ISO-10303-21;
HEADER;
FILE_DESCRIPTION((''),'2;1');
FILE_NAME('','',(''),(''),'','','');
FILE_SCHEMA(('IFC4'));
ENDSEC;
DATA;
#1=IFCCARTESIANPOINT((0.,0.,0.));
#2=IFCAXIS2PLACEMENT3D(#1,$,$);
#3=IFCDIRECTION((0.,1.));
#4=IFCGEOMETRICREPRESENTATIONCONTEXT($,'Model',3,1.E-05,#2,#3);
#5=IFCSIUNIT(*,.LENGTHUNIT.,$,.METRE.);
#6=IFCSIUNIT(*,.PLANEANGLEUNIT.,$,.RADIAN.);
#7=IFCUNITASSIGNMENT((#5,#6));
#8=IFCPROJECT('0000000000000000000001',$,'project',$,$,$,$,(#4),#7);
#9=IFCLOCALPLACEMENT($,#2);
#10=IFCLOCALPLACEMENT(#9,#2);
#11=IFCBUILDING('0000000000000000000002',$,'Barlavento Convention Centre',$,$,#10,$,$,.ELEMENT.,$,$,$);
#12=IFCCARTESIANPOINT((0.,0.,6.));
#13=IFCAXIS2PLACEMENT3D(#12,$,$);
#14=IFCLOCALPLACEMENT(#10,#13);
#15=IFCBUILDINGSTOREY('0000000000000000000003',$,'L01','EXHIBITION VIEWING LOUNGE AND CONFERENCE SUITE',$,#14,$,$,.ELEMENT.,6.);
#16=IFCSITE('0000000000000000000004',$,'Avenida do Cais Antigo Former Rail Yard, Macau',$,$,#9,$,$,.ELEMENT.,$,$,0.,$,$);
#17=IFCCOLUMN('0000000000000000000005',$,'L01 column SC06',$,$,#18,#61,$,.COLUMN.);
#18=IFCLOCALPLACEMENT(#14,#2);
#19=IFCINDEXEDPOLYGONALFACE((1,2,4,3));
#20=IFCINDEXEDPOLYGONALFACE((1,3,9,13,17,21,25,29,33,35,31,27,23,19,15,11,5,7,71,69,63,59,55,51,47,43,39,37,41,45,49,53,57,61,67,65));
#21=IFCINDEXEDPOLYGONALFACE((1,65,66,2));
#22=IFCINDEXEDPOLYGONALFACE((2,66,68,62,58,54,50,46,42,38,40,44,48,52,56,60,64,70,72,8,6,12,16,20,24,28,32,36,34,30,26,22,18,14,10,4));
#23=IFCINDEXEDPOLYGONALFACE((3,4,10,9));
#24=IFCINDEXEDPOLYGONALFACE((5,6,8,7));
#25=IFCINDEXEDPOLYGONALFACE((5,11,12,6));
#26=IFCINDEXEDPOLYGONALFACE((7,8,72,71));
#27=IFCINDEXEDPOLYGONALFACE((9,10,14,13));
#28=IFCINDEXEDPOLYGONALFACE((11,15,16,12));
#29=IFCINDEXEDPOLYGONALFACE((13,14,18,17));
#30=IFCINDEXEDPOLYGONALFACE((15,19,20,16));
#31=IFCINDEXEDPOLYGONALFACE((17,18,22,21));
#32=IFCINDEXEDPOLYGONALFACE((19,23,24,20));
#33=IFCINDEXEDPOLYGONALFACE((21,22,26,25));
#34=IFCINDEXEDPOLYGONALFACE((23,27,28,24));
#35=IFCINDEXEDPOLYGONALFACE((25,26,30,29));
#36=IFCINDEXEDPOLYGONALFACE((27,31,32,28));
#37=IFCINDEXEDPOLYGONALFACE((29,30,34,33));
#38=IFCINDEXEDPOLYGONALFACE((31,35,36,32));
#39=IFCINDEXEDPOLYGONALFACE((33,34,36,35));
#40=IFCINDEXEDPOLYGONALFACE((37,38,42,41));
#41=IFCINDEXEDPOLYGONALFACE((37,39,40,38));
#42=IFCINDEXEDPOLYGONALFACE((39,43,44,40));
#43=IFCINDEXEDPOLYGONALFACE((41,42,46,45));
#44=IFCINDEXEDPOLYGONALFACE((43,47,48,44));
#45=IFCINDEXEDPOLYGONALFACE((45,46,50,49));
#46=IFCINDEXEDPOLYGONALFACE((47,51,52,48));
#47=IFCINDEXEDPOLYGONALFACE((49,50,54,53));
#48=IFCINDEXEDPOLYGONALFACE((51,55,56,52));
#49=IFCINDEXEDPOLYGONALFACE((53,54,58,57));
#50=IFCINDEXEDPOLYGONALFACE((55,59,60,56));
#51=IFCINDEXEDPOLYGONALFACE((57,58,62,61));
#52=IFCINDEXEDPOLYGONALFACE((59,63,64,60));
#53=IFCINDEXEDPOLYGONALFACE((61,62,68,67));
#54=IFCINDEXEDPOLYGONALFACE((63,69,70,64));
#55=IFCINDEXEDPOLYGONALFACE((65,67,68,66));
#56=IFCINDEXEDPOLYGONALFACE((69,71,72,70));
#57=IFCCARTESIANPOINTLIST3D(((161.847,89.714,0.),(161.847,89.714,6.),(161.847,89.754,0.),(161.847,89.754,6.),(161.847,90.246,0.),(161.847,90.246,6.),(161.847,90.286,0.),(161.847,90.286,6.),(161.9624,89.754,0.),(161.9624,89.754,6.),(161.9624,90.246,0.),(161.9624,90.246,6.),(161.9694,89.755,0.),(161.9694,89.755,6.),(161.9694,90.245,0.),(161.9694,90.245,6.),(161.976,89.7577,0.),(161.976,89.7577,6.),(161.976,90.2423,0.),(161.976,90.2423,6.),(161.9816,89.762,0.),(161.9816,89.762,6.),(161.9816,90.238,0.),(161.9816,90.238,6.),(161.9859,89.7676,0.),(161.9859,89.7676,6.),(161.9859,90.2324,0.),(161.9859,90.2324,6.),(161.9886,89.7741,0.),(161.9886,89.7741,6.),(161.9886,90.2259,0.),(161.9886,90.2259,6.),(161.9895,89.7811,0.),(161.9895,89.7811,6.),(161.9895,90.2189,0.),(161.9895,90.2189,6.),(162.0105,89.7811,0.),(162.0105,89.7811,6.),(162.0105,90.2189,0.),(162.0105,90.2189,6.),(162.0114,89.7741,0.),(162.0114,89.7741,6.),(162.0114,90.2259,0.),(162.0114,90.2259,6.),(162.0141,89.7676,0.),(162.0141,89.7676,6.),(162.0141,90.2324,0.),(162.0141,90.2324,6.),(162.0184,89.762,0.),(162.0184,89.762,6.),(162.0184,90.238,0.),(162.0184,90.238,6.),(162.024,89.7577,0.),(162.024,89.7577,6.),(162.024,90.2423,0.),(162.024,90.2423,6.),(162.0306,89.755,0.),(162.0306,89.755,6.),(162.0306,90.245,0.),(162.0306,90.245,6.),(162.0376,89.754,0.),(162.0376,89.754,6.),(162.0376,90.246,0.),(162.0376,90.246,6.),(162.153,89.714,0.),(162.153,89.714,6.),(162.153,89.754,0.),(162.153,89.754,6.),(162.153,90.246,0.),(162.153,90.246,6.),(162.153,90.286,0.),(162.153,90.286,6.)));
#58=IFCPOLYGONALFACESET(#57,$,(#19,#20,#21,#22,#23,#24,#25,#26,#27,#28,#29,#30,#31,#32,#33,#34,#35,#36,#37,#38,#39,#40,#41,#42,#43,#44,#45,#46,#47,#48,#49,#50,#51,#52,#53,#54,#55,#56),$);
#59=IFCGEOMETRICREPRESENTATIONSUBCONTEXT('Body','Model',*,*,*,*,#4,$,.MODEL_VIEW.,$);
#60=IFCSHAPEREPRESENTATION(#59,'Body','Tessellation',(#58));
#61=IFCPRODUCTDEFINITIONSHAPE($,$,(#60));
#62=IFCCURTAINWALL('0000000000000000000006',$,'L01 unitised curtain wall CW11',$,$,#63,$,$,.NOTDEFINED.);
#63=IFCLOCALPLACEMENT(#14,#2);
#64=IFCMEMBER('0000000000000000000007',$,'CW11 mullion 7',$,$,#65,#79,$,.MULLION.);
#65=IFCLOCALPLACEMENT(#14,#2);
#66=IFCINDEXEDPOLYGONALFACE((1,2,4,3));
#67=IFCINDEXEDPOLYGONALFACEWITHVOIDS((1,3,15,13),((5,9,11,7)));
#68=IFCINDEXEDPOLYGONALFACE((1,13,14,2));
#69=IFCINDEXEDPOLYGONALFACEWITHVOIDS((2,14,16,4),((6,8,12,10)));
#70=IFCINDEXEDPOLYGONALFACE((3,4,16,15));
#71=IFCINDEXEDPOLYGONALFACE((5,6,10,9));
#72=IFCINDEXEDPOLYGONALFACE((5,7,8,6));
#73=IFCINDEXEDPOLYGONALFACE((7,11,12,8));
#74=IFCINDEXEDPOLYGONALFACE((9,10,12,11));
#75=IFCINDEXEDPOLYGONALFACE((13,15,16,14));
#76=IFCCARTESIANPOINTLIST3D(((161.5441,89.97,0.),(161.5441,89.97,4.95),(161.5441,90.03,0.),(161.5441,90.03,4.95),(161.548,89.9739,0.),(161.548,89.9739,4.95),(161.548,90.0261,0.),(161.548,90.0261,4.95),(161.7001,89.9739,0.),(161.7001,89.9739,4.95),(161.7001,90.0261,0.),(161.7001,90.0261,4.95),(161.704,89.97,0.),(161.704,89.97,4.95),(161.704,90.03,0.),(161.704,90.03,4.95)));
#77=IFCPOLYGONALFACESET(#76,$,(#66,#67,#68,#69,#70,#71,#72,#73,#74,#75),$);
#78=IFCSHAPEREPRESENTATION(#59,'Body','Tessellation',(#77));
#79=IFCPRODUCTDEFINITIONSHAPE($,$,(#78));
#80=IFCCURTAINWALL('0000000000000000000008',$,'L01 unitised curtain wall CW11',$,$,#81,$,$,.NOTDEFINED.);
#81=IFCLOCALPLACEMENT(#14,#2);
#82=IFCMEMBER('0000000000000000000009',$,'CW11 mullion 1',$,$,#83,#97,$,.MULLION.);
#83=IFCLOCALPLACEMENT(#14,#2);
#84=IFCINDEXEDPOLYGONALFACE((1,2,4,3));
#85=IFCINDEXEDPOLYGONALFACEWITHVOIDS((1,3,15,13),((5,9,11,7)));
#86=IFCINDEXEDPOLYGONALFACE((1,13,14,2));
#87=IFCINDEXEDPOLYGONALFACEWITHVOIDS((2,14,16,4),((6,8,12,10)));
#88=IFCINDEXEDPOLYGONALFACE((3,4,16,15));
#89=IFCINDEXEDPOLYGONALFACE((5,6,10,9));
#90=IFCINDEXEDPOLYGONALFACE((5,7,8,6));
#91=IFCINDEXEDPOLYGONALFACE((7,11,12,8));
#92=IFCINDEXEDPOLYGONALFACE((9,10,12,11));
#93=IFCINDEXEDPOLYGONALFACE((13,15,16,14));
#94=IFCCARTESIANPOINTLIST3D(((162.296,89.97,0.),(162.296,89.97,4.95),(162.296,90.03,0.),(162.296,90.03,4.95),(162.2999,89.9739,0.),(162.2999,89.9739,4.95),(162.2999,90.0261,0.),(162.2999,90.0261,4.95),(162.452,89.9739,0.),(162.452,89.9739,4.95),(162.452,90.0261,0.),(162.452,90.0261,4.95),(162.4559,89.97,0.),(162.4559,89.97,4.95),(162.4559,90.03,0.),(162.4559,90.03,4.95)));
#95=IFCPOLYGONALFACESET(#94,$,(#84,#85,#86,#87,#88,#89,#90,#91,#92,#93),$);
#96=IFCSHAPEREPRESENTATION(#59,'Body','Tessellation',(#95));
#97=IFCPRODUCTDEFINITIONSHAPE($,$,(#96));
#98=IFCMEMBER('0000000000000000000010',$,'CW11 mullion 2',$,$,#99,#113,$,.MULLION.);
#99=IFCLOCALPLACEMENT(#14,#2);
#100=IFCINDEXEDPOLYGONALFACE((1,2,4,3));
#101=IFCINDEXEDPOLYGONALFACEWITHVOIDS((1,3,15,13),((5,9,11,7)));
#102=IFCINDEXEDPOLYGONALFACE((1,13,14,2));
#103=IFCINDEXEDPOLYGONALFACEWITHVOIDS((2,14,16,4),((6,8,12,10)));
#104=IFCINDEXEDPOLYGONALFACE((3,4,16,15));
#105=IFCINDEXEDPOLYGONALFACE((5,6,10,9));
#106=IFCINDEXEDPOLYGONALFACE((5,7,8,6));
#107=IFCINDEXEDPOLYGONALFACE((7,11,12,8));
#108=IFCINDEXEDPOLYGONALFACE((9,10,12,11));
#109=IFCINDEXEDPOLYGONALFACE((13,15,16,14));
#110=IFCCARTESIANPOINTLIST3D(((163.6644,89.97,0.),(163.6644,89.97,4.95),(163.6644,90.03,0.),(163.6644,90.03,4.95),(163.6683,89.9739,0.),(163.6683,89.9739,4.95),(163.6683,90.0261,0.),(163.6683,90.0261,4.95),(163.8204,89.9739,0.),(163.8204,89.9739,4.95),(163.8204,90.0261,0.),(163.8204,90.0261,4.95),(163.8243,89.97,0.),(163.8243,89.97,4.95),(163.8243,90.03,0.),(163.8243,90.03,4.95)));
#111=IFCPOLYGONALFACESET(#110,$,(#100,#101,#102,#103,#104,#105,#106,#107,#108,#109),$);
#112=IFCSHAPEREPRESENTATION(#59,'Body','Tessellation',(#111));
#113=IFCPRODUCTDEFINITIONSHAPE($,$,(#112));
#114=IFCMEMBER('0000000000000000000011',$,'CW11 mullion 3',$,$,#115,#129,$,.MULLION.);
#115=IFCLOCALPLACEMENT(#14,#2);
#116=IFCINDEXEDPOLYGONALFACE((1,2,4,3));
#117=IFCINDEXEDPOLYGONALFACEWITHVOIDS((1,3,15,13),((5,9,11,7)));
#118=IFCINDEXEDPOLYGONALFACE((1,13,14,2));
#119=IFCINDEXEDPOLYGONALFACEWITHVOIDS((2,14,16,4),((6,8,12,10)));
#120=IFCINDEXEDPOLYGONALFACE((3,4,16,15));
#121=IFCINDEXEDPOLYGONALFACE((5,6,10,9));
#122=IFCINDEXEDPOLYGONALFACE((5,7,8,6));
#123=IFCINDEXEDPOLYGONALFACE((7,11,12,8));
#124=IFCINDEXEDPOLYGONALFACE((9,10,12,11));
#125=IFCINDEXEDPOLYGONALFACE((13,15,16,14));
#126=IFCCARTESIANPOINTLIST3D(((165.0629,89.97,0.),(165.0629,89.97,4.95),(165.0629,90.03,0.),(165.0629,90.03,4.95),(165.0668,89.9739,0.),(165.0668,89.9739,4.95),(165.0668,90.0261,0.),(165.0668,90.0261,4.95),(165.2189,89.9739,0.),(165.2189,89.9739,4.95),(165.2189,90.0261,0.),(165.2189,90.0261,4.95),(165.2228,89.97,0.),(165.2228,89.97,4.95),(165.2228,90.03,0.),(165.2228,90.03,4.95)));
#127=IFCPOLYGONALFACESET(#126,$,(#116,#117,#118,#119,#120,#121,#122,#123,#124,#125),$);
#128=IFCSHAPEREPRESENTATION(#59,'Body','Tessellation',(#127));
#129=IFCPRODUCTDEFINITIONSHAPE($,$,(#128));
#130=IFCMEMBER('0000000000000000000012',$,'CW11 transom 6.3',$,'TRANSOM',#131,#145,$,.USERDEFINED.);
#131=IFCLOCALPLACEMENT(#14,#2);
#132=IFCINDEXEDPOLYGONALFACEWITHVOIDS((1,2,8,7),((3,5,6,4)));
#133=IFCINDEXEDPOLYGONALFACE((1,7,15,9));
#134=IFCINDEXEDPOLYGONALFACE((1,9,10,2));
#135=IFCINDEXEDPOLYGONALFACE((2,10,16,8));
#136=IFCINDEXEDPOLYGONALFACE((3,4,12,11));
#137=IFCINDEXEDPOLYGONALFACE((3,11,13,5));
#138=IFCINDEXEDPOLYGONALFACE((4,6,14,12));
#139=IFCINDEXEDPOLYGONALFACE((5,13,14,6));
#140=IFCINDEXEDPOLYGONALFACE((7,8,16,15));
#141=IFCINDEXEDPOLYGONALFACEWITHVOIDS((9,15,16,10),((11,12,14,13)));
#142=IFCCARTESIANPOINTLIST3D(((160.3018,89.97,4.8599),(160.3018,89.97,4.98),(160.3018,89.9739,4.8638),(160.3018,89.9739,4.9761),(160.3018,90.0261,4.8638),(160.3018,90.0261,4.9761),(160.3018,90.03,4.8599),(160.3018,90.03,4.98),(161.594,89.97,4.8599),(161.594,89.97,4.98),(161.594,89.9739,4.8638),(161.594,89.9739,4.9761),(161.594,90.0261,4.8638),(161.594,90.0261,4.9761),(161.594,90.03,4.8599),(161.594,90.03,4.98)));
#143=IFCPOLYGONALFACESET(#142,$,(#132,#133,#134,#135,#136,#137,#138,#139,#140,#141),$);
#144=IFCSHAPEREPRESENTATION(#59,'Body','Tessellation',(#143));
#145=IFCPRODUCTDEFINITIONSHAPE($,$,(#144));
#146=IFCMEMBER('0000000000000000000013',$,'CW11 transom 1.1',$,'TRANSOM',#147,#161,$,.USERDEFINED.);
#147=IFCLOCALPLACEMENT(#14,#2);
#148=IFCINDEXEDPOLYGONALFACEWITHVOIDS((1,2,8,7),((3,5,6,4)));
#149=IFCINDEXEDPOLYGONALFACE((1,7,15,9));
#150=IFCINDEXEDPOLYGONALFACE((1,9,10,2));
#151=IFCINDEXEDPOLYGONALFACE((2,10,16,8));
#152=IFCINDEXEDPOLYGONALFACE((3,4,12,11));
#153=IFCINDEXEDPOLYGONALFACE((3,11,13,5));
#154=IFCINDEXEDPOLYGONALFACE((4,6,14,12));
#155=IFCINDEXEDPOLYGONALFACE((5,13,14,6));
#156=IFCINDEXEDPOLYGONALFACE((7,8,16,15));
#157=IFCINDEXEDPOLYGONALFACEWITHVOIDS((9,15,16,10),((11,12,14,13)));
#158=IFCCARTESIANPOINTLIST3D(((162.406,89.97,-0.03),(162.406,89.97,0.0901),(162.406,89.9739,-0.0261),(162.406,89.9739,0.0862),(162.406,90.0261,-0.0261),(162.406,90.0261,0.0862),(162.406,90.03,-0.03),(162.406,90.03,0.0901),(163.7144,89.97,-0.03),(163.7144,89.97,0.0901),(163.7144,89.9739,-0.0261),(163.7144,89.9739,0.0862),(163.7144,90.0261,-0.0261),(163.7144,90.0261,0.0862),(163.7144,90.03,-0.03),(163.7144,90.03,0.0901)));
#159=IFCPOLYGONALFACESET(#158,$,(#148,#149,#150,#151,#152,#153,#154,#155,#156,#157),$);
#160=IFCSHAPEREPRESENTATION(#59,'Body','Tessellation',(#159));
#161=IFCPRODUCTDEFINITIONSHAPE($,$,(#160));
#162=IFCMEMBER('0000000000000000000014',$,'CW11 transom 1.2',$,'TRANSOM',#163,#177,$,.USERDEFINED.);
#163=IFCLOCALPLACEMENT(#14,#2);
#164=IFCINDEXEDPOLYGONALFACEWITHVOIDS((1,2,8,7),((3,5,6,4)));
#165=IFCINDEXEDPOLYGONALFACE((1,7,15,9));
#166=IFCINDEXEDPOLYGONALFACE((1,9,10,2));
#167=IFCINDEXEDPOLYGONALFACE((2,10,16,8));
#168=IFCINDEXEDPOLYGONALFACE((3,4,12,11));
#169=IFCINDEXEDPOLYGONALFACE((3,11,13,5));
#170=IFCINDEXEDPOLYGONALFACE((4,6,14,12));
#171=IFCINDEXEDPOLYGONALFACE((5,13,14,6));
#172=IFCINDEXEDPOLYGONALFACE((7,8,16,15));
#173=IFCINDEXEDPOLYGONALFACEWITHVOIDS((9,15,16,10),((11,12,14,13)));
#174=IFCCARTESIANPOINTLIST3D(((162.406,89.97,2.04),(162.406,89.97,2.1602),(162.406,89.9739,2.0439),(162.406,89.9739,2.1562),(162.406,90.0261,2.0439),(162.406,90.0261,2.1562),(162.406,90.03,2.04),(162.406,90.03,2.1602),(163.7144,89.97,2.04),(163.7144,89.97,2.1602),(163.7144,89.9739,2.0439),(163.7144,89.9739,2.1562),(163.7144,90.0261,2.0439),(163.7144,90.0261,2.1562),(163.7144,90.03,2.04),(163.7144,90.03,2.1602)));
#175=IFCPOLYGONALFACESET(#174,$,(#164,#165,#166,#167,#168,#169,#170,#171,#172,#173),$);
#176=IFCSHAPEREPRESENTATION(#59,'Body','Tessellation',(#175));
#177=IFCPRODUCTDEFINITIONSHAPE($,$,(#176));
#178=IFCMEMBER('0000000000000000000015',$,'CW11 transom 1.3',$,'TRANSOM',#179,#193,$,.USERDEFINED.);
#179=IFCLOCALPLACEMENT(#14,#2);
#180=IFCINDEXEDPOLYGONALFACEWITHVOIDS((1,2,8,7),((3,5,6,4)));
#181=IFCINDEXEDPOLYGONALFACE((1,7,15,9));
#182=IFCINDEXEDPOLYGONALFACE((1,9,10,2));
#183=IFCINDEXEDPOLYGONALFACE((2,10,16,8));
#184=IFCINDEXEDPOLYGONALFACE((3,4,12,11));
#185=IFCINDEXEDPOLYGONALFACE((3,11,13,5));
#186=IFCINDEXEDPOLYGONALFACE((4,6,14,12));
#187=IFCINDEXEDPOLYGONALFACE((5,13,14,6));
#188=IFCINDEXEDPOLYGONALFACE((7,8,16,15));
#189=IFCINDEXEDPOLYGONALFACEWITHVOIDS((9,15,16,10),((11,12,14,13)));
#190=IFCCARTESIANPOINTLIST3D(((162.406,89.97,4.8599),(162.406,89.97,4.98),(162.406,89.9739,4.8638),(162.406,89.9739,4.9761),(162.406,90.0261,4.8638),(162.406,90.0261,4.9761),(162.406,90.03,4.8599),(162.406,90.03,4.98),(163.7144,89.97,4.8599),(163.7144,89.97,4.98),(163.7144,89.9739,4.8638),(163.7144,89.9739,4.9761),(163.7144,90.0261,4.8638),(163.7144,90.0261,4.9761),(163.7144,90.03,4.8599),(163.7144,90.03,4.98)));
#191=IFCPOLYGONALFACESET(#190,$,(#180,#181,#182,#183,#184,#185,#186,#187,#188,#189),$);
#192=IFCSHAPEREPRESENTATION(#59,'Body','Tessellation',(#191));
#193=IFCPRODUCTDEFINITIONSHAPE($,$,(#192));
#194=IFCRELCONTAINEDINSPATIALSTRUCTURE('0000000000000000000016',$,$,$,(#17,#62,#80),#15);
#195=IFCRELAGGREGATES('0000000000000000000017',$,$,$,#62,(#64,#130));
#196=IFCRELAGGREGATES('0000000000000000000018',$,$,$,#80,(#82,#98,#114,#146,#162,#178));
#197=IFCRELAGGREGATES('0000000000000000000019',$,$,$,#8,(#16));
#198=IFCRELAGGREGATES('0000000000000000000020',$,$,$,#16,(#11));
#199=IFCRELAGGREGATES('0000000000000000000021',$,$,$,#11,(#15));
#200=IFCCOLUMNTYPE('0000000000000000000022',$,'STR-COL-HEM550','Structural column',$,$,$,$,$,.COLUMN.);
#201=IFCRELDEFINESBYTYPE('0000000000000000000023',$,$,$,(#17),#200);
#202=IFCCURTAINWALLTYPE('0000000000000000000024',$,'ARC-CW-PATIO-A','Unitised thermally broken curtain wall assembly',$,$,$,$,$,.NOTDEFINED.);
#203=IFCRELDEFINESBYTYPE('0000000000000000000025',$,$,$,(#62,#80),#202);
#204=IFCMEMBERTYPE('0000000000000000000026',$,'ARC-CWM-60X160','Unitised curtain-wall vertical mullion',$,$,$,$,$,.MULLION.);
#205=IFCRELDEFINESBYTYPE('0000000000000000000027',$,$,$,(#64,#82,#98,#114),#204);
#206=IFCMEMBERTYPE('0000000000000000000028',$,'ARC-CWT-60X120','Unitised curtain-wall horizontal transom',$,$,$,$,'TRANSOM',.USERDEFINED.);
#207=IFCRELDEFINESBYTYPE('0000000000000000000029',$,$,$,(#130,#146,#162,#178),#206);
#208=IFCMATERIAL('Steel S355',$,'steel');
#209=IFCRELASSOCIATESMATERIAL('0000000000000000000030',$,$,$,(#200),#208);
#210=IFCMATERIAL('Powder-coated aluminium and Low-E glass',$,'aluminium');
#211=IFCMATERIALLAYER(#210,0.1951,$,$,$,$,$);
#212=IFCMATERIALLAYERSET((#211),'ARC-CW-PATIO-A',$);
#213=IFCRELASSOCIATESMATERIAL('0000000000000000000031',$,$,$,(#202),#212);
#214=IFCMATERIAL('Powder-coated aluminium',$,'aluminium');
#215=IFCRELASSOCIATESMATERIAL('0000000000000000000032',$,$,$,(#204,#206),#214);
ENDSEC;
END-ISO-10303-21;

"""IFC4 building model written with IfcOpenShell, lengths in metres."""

from ifc_helpers import new_model, si_unit, direction, frame, origin, origin_2d, place, context, subcontext, project, spatial, hollow_rectangle, i_section, extrude, material, layer, layer_set, material_profile, profile_set, type_object, element, aggregate, save


model = new_model("IFC4")

# Units and contexts
model_context = context("Model", 3, precision=1e-05, world=origin(), true_north=direction((0.0, 1.0)))
body_context = subcontext(model_context, "Body", "Model", "MODEL_VIEW")
ifc_project = project(units=[si_unit("LENGTHUNIT", "METRE"), si_unit("PLANEANGLEUNIT", "RADIAN")], contexts=[model_context])

# Site, building, storey
site_placement = place(None, origin())
site = spatial("IfcSite", under=ifc_project, at=site_placement, Name="Avenida do Cais Antigo Former Rail Yard, Macau", CompositionType="ELEMENT", RefElevation=0.0)
building_placement = place(site_placement, origin())
building = spatial("IfcBuilding", under=site, at=building_placement, Name="Barlavento Convention Centre", CompositionType="ELEMENT")
storey_placement = place(building_placement, frame((0.0, 0.0, 6.0)))
storey = spatial("IfcBuildingStorey", under=building, at=storey_placement, Name="L01", Description="EXHIBITION VIEWING LOUNGE AND CONFERENCE SUITE", CompositionType="ELEMENT", Elevation=6.0)

# Column
ifc_material_1 = material(Name="Steel S355", Category="steel")
ifc_material_profile_1 = material_profile(ifc_material_1, i_section(OverallWidth=0.3059, OverallDepth=0.572, WebThickness=0.021, FlangeThickness=0.04, FilletRadius=0.0271, at=origin_2d()), Name="HEM 550")
ifc_profile_set_1 = profile_set([ifc_material_profile_1], Name="Steel S355")
column_type = type_object("IfcColumnType", Name="STR-COL-HEM550", Description="Structural column", PredefinedType="COLUMN", material=ifc_profile_set_1)
column_placement = place(storey_placement, frame((162.0, 90.0, 0.0), z_axis=(0.0, 0.0, 1.0), x_axis=(1.0, 0.0, 0.0)))
element("IfcColumn", 1, at=column_placement, inside=storey, type_object=column_type, Name="L01 column SC06", PredefinedType="COLUMN", context=body_context, shape_type="SweptSolid", body=[
    extrude(i_section(OverallWidth=0.3059, OverallDepth=0.572, WebThickness=0.021, FlangeThickness=0.04, FilletRadius=0.0271, at=origin_2d()), origin(), (0.0, 0.0, 1.0), 6.0),
])

# Curtain wall, member
ifc_material_2 = material(Name="Powder-coated aluminium and Low-E glass", Category="aluminium")
ifc_layer_1 = layer(ifc_material_2, 0.1951)
ifc_layer_set_1 = layer_set([ifc_layer_1], Name="ARC-CW-PATIO-A")
curtain_wall_type = type_object("IfcCurtainWallType", Name="ARC-CW-PATIO-A", Description="Unitised thermally broken curtain wall assembly", PredefinedType="NOTDEFINED", material=ifc_layer_set_1)
curtain_wall_1_placement = place(storey_placement, origin())
curtain_wall_1 = element("IfcCurtainWall", 2, at=curtain_wall_1_placement, inside=storey, type_object=curtain_wall_type, Name="L01 unitised curtain wall CW11", PredefinedType="NOTDEFINED")
ifc_material_3 = material(Name="Powder-coated aluminium", Category="aluminium")
ifc_material_profile_2 = material_profile(ifc_material_3, hollow_rectangle(XDim=0.0601, YDim=0.1599, WallThickness=0.0039, at=origin_2d()), Name="AL-MULL 60x160x4")
ifc_profile_set_2 = profile_set([ifc_material_profile_2], Name="Powder-coated aluminium")
member_type_1 = type_object("IfcMemberType", Name="ARC-CWM-60X160", Description="Unitised curtain-wall vertical mullion", PredefinedType="MULLION", material=ifc_profile_set_2)
member_1_placement = place(storey_placement, frame((161.624, 90.0, 0.0), z_axis=(0.0, 0.0, 1.0), x_axis=(0.0, 1.0, 0.0)))
member_1 = element("IfcMember", 3, at=member_1_placement, type_object=member_type_1, Name="CW11 mullion 7", PredefinedType="MULLION", context=body_context, shape_type="SweptSolid", body=[
    extrude(hollow_rectangle(XDim=0.0601, YDim=0.1599, WallThickness=0.0039, at=origin_2d()), origin(), (0.0, 0.0, 1.0), 4.95),
])

# Curtain wall, members
curtain_wall_2_placement = place(storey_placement, origin())
curtain_wall_2 = element("IfcCurtainWall", 4, at=curtain_wall_2_placement, inside=storey, type_object=curtain_wall_type, Name="L01 unitised curtain wall CW11", PredefinedType="NOTDEFINED")
member_2_placement = place(storey_placement, frame((162.376, 90.0, 0.0), z_axis=(0.0, 0.0, 1.0), x_axis=(0.0, 1.0, 0.0)))
member_2 = element("IfcMember", 5, at=member_2_placement, type_object=member_type_1, Name="CW11 mullion 1", PredefinedType="MULLION", context=body_context, shape_type="SweptSolid", body=[
    extrude(hollow_rectangle(XDim=0.0601, YDim=0.1599, WallThickness=0.0039, at=origin_2d()), origin(), (0.0, 0.0, 1.0), 4.95),
])
member_3_placement = place(storey_placement, frame((163.7444, 90.0, 0.0), z_axis=(0.0, 0.0, 1.0), x_axis=(0.0, 1.0, 0.0)))
member_3 = element("IfcMember", 6, at=member_3_placement, type_object=member_type_1, Name="CW11 mullion 2", PredefinedType="MULLION", context=body_context, shape_type="SweptSolid", body=[
    extrude(hollow_rectangle(XDim=0.0601, YDim=0.1599, WallThickness=0.0039, at=origin_2d()), origin(), (0.0, 0.0, 1.0), 4.95),
])
member_4_placement = place(storey_placement, frame((165.1428, 90.0, 0.0), z_axis=(0.0, 0.0, 1.0), x_axis=(0.0, 1.0, 0.0)))
member_4 = element("IfcMember", 7, at=member_4_placement, type_object=member_type_1, Name="CW11 mullion 3", PredefinedType="MULLION", context=body_context, shape_type="SweptSolid", body=[
    extrude(hollow_rectangle(XDim=0.0601, YDim=0.1599, WallThickness=0.0039, at=origin_2d()), origin(), (0.0, 0.0, 1.0), 4.95),
])

# Members
ifc_material_profile_3 = material_profile(ifc_material_3, hollow_rectangle(XDim=0.0601, YDim=0.1201, WallThickness=0.0039, at=origin_2d()), Name="AL-TRAN 60x120x4")
ifc_profile_set_3 = profile_set([ifc_material_profile_3], Name="Powder-coated aluminium")
member_type_2 = type_object("IfcMemberType", Name="ARC-CWT-60X120", Description="Unitised curtain-wall horizontal transom", ElementType="TRANSOM", PredefinedType="USERDEFINED", material=ifc_profile_set_3)
member_5_placement = place(storey_placement, frame((160.3018, 90.0, 4.9199), z_axis=(1.0, 0.0, 0.0), x_axis=(0.0, 1.0, 0.0)))
member_5 = element("IfcMember", 8, at=member_5_placement, type_object=member_type_2, Name="CW11 transom 6.3", ObjectType="TRANSOM", PredefinedType="USERDEFINED", context=body_context, shape_type="SweptSolid", body=[
    extrude(hollow_rectangle(XDim=0.0601, YDim=0.1201, WallThickness=0.0039, at=origin_2d()), origin(), (0.0, 0.0, 1.0), 1.2922),
])
member_6_placement = place(storey_placement, frame((162.406, 90.0, 0.03), z_axis=(1.0, 0.0, 0.0), x_axis=(0.0, 1.0, 0.0)))
member_6 = element("IfcMember", 9, at=member_6_placement, type_object=member_type_2, Name="CW11 transom 1.1", ObjectType="TRANSOM", PredefinedType="USERDEFINED", context=body_context, shape_type="SweptSolid", body=[
    extrude(hollow_rectangle(XDim=0.0601, YDim=0.1201, WallThickness=0.0039, at=origin_2d()), origin(), (0.0, 0.0, 1.0), 1.3083),
])
member_7_placement = place(storey_placement, frame((162.406, 90.0, 2.1001), z_axis=(1.0, 0.0, 0.0), x_axis=(0.0, 1.0, 0.0)))
member_7 = element("IfcMember", 10, at=member_7_placement, type_object=member_type_2, Name="CW11 transom 1.2", ObjectType="TRANSOM", PredefinedType="USERDEFINED", context=body_context, shape_type="SweptSolid", body=[
    extrude(hollow_rectangle(XDim=0.0601, YDim=0.1201, WallThickness=0.0039, at=origin_2d()), origin(), (0.0, 0.0, 1.0), 1.3083),
])
member_8_placement = place(storey_placement, frame((162.406, 90.0, 4.9199), z_axis=(1.0, 0.0, 0.0), x_axis=(0.0, 1.0, 0.0)))
member_8 = element("IfcMember", 11, at=member_8_placement, type_object=member_type_2, Name="CW11 transom 1.3", ObjectType="TRANSOM", PredefinedType="USERDEFINED", context=body_context, shape_type="SweptSolid", body=[
    extrude(hollow_rectangle(XDim=0.0601, YDim=0.1201, WallThickness=0.0039, at=origin_2d()), origin(), (0.0, 0.0, 1.0), 1.3083),
])

aggregate(curtain_wall_1, [member_1, member_5])
aggregate(curtain_wall_2, [member_2, member_3, member_4, member_6, member_7, member_8])

save(model, "model.ifc")
